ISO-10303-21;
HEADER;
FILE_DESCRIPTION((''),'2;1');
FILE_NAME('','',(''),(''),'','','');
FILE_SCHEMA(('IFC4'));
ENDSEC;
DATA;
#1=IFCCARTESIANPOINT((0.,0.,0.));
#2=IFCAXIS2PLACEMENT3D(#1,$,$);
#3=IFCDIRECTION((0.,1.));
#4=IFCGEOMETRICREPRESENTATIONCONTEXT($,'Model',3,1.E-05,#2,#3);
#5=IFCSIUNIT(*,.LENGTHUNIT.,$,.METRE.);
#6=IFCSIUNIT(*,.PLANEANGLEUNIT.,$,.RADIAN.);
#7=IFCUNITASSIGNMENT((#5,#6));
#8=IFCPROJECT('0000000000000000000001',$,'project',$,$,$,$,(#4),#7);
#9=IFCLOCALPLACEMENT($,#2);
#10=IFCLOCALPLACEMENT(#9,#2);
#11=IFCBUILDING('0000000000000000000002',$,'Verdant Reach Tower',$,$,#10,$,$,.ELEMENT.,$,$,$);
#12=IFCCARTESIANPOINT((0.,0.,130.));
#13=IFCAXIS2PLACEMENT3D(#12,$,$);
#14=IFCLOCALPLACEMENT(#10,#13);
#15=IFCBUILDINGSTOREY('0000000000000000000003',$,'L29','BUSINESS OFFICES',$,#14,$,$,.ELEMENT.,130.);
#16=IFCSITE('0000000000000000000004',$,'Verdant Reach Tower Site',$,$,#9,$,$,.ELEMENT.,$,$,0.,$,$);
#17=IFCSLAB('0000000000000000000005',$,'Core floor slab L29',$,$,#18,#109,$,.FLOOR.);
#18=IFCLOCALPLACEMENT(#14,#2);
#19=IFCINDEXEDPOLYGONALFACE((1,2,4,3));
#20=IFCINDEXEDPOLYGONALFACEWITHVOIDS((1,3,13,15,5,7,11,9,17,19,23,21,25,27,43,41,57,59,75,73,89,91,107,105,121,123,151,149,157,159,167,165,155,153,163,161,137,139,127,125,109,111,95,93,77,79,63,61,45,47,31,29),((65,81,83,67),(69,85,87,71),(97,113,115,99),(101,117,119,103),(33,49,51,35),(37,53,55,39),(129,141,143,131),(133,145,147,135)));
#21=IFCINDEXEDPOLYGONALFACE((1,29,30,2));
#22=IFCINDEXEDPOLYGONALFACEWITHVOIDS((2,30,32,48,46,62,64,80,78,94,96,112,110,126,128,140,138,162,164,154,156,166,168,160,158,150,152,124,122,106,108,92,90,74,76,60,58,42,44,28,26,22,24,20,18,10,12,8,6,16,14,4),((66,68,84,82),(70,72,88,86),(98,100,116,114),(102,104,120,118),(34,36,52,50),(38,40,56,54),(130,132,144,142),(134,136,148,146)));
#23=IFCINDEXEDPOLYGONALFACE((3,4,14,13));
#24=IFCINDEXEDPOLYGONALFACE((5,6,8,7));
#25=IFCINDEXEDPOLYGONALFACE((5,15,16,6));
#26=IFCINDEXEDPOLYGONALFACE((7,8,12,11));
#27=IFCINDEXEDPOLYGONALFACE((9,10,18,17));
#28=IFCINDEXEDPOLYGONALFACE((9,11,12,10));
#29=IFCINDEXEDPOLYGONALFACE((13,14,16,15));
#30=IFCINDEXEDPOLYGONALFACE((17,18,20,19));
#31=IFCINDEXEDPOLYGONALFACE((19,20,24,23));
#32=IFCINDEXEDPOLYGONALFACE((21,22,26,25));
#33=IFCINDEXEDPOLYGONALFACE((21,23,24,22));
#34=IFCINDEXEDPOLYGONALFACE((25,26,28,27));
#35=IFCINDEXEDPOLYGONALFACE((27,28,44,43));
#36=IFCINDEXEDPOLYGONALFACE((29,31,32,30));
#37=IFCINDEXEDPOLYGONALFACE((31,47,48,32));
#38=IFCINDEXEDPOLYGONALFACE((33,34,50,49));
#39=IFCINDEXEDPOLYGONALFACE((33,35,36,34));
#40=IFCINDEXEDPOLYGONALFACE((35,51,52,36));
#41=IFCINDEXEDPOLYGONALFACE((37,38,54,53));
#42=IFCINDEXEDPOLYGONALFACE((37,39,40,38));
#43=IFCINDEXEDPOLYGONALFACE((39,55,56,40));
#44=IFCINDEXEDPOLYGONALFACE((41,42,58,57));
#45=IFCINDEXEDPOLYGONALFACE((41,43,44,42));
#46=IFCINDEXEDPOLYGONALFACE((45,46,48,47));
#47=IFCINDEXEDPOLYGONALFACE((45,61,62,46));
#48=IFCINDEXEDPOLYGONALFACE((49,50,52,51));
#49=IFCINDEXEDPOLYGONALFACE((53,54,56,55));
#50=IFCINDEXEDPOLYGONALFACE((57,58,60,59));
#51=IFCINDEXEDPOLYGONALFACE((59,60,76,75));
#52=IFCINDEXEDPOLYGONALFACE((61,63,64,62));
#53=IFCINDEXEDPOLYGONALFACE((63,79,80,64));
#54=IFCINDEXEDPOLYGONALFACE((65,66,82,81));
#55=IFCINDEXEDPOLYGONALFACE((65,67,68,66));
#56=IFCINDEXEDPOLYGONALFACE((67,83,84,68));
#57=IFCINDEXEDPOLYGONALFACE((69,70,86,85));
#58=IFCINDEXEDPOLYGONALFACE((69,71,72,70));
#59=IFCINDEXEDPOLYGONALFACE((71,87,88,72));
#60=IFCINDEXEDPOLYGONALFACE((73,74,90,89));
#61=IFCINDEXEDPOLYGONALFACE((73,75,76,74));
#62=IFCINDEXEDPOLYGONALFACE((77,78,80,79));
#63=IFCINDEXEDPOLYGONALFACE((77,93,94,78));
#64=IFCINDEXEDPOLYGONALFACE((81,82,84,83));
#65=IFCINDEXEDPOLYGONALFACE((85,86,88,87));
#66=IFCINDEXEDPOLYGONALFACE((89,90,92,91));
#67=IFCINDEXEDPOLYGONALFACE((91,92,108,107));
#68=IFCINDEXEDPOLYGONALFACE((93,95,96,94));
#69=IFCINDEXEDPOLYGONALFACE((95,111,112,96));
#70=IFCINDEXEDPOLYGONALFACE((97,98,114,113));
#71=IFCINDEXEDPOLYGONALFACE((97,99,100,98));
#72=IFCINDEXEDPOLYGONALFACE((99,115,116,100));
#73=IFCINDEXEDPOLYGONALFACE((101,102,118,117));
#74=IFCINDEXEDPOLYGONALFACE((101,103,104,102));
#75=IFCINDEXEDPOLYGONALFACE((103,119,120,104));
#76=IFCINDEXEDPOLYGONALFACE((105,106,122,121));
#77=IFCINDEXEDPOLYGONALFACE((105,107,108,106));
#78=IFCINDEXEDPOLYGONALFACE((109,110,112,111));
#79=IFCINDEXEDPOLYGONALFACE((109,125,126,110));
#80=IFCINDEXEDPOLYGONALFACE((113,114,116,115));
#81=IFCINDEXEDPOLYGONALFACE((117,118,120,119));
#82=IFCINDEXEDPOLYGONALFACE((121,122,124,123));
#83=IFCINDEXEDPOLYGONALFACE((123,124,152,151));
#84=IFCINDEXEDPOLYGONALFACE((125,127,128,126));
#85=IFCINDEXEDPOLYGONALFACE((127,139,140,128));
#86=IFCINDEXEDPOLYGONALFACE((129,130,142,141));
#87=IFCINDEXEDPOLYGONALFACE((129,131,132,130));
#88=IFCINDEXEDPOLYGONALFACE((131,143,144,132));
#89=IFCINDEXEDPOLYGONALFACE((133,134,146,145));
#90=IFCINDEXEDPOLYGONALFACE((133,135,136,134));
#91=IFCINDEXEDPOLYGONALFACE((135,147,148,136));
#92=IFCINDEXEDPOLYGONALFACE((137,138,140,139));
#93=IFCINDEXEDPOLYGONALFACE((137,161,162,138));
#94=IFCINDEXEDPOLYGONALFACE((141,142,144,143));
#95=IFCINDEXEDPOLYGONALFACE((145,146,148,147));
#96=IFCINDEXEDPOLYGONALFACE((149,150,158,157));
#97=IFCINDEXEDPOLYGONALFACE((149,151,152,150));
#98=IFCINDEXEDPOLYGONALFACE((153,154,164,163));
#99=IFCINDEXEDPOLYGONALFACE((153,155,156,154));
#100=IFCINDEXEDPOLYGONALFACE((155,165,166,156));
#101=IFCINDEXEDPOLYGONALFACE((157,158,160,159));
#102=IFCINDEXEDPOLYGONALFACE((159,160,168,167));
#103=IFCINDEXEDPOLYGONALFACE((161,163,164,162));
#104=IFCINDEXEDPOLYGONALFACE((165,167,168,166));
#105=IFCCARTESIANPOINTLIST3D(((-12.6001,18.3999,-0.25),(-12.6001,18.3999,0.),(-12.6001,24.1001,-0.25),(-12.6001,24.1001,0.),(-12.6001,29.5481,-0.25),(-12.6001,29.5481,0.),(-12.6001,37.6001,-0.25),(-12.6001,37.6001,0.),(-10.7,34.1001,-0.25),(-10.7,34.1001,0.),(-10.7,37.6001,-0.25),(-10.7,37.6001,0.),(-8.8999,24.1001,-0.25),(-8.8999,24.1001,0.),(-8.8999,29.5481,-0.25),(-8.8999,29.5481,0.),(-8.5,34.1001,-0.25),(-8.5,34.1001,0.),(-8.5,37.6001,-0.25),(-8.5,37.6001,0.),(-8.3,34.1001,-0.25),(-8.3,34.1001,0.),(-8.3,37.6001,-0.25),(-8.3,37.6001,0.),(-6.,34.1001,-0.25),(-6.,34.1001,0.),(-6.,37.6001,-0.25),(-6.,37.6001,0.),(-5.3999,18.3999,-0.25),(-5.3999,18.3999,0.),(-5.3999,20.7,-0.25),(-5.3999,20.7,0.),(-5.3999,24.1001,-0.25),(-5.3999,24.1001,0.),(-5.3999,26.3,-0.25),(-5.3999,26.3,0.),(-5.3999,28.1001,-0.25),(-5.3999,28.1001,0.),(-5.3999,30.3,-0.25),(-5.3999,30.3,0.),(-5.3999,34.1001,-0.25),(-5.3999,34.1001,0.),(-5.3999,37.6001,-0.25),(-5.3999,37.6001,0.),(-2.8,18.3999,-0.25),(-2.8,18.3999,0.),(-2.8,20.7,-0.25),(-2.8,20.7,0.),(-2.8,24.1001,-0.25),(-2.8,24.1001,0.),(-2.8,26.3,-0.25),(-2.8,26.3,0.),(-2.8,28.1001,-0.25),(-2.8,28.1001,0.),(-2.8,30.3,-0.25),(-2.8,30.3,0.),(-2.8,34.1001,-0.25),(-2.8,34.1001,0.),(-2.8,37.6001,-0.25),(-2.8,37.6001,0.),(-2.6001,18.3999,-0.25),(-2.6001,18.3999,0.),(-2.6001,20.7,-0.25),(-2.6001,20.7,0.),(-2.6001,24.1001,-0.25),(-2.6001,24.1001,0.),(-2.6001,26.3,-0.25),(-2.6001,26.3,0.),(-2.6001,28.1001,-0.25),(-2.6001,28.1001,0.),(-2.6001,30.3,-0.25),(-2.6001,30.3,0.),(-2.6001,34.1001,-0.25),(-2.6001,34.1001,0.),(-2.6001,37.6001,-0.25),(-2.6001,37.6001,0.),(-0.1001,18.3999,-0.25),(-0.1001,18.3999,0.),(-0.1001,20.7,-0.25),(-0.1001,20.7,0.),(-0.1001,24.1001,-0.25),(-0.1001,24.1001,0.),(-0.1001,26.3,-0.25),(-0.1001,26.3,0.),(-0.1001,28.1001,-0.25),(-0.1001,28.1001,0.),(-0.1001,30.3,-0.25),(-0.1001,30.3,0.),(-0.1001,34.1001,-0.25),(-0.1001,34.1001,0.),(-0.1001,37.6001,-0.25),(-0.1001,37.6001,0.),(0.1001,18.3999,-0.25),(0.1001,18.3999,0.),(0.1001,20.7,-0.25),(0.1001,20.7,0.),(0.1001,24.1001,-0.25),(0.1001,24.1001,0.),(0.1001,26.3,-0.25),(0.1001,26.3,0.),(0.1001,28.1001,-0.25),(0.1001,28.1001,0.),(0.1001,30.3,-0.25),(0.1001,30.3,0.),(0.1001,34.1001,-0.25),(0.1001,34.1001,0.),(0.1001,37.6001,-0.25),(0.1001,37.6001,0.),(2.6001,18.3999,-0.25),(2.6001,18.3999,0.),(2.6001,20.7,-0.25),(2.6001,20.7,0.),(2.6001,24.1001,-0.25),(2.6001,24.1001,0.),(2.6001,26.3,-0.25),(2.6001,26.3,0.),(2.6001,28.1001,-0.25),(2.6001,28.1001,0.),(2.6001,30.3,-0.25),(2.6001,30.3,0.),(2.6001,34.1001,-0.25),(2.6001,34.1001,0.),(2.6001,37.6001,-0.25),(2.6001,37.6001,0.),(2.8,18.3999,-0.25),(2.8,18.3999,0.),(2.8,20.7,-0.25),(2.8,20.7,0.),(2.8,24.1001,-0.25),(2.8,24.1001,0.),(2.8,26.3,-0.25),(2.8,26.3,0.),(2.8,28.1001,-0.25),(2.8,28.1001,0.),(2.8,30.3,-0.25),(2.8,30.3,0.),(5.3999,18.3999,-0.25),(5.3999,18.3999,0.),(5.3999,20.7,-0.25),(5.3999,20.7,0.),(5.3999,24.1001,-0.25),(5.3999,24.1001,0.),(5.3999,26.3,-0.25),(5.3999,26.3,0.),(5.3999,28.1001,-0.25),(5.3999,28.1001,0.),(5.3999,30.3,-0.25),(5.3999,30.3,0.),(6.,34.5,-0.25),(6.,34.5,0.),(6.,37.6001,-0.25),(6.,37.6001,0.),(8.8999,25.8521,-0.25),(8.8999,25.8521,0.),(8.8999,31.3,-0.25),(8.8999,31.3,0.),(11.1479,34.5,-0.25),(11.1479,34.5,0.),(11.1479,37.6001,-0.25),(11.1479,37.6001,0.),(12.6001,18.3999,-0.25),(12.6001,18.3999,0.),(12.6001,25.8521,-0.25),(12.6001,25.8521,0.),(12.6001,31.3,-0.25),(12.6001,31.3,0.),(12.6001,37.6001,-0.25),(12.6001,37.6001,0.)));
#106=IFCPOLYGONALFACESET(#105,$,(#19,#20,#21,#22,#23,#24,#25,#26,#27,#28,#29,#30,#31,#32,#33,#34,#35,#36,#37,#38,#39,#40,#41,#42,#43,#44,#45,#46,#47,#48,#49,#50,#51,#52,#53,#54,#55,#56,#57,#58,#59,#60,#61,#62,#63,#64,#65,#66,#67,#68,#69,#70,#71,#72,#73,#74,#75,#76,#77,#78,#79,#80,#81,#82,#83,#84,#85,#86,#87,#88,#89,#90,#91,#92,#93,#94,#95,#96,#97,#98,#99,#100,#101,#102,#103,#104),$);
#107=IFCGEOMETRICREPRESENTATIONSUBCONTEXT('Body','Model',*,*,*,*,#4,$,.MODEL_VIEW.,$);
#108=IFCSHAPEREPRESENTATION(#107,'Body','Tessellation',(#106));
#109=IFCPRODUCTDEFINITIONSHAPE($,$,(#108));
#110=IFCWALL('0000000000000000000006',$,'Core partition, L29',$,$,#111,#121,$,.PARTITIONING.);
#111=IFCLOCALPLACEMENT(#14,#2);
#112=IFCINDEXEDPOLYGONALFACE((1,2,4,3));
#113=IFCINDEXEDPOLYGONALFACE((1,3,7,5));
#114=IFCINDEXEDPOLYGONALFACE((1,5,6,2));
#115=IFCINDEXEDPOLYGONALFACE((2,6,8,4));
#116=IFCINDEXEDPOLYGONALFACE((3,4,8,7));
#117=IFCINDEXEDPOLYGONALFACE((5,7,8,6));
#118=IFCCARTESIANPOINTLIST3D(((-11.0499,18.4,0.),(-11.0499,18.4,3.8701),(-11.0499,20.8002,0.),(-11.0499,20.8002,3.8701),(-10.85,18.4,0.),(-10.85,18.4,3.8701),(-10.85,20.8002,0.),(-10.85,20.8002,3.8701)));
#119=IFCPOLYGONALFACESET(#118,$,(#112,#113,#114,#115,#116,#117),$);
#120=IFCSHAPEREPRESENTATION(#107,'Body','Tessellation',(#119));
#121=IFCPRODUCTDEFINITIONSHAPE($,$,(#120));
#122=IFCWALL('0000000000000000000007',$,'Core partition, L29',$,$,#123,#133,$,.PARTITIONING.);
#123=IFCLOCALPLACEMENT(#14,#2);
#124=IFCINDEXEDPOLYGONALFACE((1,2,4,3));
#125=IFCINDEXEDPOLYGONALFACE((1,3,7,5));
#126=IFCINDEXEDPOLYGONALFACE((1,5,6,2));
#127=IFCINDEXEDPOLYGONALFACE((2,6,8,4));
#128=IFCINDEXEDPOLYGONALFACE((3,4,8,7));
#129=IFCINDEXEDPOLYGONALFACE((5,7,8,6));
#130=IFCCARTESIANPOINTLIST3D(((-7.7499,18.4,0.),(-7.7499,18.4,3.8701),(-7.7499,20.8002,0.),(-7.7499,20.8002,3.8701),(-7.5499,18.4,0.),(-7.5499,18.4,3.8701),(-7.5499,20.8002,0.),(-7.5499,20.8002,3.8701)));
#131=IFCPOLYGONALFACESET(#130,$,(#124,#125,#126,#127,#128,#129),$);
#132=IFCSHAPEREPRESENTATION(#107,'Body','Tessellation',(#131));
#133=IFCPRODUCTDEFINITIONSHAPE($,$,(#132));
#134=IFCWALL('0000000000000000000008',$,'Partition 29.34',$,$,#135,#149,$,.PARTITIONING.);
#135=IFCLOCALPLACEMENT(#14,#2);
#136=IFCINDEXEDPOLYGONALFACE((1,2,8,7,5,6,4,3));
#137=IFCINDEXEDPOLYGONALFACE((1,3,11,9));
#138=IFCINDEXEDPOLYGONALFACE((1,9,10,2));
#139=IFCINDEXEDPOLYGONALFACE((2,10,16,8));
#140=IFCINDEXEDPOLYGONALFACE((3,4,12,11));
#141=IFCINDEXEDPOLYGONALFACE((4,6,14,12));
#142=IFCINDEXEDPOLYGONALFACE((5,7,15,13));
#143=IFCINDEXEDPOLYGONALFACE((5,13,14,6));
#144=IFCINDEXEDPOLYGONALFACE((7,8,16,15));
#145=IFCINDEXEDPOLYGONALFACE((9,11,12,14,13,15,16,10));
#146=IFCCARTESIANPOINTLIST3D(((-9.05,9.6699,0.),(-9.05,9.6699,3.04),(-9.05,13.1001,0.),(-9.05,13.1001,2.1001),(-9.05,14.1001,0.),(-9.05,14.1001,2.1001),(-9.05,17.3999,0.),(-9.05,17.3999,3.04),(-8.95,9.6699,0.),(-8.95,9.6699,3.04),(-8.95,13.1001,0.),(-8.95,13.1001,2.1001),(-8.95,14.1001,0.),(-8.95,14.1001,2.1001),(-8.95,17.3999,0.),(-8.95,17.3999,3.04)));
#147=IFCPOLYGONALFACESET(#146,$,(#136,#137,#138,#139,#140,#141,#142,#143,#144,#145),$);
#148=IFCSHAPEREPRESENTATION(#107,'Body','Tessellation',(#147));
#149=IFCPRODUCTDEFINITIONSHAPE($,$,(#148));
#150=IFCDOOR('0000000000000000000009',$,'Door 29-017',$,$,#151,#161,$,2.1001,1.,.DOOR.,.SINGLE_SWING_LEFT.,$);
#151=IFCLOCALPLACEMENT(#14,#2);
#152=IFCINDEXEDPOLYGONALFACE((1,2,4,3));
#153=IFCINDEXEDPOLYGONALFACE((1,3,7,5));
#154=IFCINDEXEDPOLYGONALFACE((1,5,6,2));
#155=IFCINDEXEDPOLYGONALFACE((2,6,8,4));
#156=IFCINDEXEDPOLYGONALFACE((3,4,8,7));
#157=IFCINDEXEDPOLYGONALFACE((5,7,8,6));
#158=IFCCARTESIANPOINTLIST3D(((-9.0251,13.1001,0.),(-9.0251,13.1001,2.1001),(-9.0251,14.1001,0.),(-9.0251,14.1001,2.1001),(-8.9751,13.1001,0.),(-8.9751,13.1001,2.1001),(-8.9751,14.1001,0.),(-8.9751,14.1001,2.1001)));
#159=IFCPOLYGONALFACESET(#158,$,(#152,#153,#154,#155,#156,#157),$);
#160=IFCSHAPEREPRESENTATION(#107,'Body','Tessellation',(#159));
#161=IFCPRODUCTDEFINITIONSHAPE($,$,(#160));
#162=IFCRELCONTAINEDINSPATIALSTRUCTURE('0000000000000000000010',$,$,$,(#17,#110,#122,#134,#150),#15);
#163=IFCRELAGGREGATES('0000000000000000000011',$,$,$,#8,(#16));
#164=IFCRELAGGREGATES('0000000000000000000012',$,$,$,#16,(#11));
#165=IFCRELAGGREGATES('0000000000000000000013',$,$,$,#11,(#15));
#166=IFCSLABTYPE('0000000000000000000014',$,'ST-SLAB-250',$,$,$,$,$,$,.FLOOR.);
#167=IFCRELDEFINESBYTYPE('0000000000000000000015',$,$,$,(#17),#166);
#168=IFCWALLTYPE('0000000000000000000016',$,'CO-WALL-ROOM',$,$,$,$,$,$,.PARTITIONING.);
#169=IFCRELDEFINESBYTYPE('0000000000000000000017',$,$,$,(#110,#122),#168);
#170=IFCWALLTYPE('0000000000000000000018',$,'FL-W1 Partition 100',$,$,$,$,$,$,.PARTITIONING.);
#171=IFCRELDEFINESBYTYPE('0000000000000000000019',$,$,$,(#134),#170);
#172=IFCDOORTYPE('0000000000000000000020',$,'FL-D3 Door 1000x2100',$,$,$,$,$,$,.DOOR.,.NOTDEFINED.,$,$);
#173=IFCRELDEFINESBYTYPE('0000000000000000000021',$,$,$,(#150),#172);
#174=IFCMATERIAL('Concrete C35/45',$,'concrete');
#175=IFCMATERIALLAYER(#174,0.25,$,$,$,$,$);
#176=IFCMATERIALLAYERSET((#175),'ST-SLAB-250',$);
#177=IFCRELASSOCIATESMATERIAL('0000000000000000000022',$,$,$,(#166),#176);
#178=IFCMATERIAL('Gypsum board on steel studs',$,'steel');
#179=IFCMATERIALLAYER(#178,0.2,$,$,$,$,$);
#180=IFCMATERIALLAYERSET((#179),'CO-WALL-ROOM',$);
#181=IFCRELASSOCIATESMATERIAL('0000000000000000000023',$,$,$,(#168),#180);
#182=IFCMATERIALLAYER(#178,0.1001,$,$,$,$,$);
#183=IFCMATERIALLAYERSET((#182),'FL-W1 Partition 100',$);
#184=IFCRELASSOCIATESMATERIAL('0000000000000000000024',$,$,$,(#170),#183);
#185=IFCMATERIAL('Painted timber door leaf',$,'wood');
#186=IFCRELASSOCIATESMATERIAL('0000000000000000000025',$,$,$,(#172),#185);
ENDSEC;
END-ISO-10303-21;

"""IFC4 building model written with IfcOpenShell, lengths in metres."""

from ifc_helpers import new_model, si_unit, direction, frame, frame_2d, origin, place, context, subcontext, project, spatial, polyline, rectangle, outline, extrude, material, layer, layer_set, type_object, element, fill, save


model = new_model("IFC4")

# Units and contexts
model_context = context("Model", 3, precision=1e-05, world=origin(), true_north=direction((0.0, 1.0)))
body_context = subcontext(model_context, "Body", "Model", "MODEL_VIEW")
ifc_project = project(units=[si_unit("LENGTHUNIT", "METRE"), si_unit("PLANEANGLEUNIT", "RADIAN")], contexts=[model_context])

# Site, building, storey
site_placement = place(None, origin())
site = spatial("IfcSite", under=ifc_project, at=site_placement, Name="Verdant Reach Tower Site", CompositionType="ELEMENT", RefElevation=0.0)
building_placement = place(site_placement, origin())
building = spatial("IfcBuilding", under=site, at=building_placement, Name="Verdant Reach Tower", CompositionType="ELEMENT")
storey_placement = place(building_placement, frame((0.0, 0.0, 130.0)))
storey = spatial("IfcBuildingStorey", under=building, at=storey_placement, Name="L29", Description="BUSINESS OFFICES", CompositionType="ELEMENT", Elevation=130.0)

# Slab
ifc_material_1 = material(Name="Concrete C35/45", Category="concrete")
ifc_layer_1 = layer(ifc_material_1, 0.25)
ifc_layer_set_1 = layer_set([ifc_layer_1], Name="ST-SLAB-250")
slab_type_1 = type_object("IfcSlabType", Name="ST-SLAB-250", PredefinedType="FLOOR", material=ifc_layer_set_1)
slab_1_placement = place(storey_placement, frame((0.0, 0.0, -0.25)))
element("IfcSlab", 1, at=slab_1_placement, inside=storey, type_object=slab_type_1, Name="Core floor slab L29", PredefinedType="FLOOR", context=body_context, shape_type="SweptSolid", body=[
    extrude(outline(polyline([(12.6001, 18.3999), (5.3999, 18.3999), (5.3999, 20.7), (2.8, 20.7), (2.8, 18.3999), (2.6001, 18.3999), (2.6001, 20.7), (0.1001, 20.7), (0.1001, 18.3999), (-0.1001, 18.3999), (-0.1001, 20.7), (-2.6001, 20.7), (-2.6001, 18.3999), (-2.8, 18.3999), (-2.8, 20.7), (-5.3999, 20.7), (-5.3999, 18.3999), (-12.6001, 18.3999), (-12.6001, 24.1001), (-8.8999, 24.1001), (-8.8999, 29.5481), (-12.6001, 29.5481), (-12.6001, 37.6001), (-10.7, 37.6001), (-10.7, 34.1001), (-8.5, 34.1001), (-8.5, 37.6001), (-8.3, 37.6001), (-8.3, 34.1001), (-6.0, 34.1001), (-6.0, 37.6001), (-5.3999, 37.6001), (-5.3999, 34.1001), (-2.8, 34.1001), (-2.8, 37.6001), (-2.6001, 37.6001), (-2.6001, 34.1001), (-0.1001, 34.1001), (-0.1001, 37.6001), (0.1001, 37.6001), (0.1001, 34.1001), (2.6001, 34.1001), (2.6001, 37.6001), (6.0, 37.6001), (6.0, 34.5), (11.1479, 34.5), (11.1479, 37.6001), (12.6001, 37.6001), (12.6001, 31.3), (8.8999, 31.3), (8.8999, 25.8521), (12.6001, 25.8521), (12.6001, 18.3999)]), holes=[polyline([(-2.8, 24.1001), (-2.8, 26.3), (-5.3999, 26.3), (-5.3999, 24.1001), (-2.8, 24.1001)]), polyline([(-2.6001, 24.1001), (-0.1001, 24.1001), (-0.1001, 26.3), (-2.6001, 26.3), (-2.6001, 24.1001)]), polyline([(-2.8, 28.1001), (-2.8, 30.3), (-5.3999, 30.3), (-5.3999, 28.1001), (-2.8, 28.1001)]), polyline([(-0.1001, 28.1001), (-0.1001, 30.3), (-2.6001, 30.3), (-2.6001, 28.1001), (-0.1001, 28.1001)]), polyline([(2.6001, 24.1001), (2.6001, 26.3), (0.1001, 26.3), (0.1001, 24.1001), (2.6001, 24.1001)]), polyline([(2.8, 24.1001), (5.3999, 24.1001), (5.3999, 26.3), (2.8, 26.3), (2.8, 24.1001)]), polyline([(2.6001, 28.1001), (2.6001, 30.3), (0.1001, 30.3), (0.1001, 28.1001), (2.6001, 28.1001)]), polyline([(5.3999, 28.1001), (5.3999, 30.3), (2.8, 30.3), (2.8, 28.1001), (5.3999, 28.1001)])]), origin(), (0.0, 0.0, 1.0), 0.25),
])

# Walls
ifc_material_2 = material(Name="Gypsum board on steel studs", Category="steel")
ifc_layer_2 = layer(ifc_material_2, 0.2)
ifc_layer_set_2 = layer_set([ifc_layer_2], Name="CO-WALL-ROOM")
wall_type_1 = type_object("IfcWallType", Name="CO-WALL-ROOM", PredefinedType="PARTITIONING", material=ifc_layer_set_2)
for number, where, z_axis, x_axis, name in (
    (2, (-10.95, 18.3999, 0.0), (0.0, 0.0, 1.0), (0.0, 1.0, 0.0), "Core partition, L29"),
    (3, (-7.6499, 18.3999, 0.0), (0.0, 0.0, 1.0), (0.0, 1.0, 0.0), "Core partition, L29"),
):
    element("IfcWall", number, at=place(storey_placement, frame(where, z_axis=z_axis, x_axis=x_axis)), inside=storey, type_object=wall_type_1, Name=name, PredefinedType="PARTITIONING", context=body_context, shape_type="SweptSolid", body=[
        extrude(rectangle(XDim=2.4001, YDim=0.2, at=frame_2d((1.2002, 0.0))), origin(), (0.0, 0.0, 1.0), 3.8701),
    ])

# Wall, opening, door
ifc_layer_3 = layer(ifc_material_2, 0.1001)
ifc_layer_set_3 = layer_set([ifc_layer_3], Name="FL-W1 Partition 100")
wall_type_2 = type_object("IfcWallType", Name="FL-W1 Partition 100", PredefinedType="PARTITIONING", material=ifc_layer_set_3)
wall_1_placement = place(storey_placement, frame((-9.0, 17.3999, 0.0), z_axis=(0.0, 0.0, 1.0), x_axis=(0.0, -1.0, 0.0)))
wall_1 = element("IfcWall", 4, at=wall_1_placement, inside=storey, type_object=wall_type_2, Name="Partition 29.34", PredefinedType="PARTITIONING", context=body_context, shape_type="SweptSolid", body=[
    extrude(rectangle(XDim=7.73, YDim=0.1001, at=frame_2d((3.865, 0.0))), origin(), (0.0, 0.0, 1.0), 3.04),
])
opening_1_placement = place(wall_1_placement, frame((3.2998, 0.0, 0.0)))
opening_1 = element("IfcOpeningElement", 5, at=opening_1_placement, cuts=wall_1, PredefinedType="OPENING", context=body_context, shape_type="SweptSolid", body=[
    extrude(rectangle(XDim=1.0, YDim=2.1001, at=frame_2d((0.5, 1.05))), frame((0.0, 0.0601, 0.0), z_axis=(0.0, -1.0, 0.0), x_axis=(1.0, 0.0, 0.0)), (0.0, 0.0, 1.0), 0.1201),
])
ifc_material_3 = material(Name="Painted timber door leaf", Category="wood")
door_type_1 = type_object("IfcDoorType", Name="FL-D3 Door 1000x2100", OperationType="NOTDEFINED", PredefinedType="DOOR", material=ifc_material_3)
door_1_placement = place(opening_1_placement, origin())
door_1 = element("IfcDoor", 6, at=door_1_placement, inside=storey, type_object=door_type_1, Name="Door 29-017", OperationType="SINGLE_SWING_LEFT", OverallHeight=2.1001, OverallWidth=1.0, PredefinedType="DOOR", context=body_context, shape_type="SweptSolid", body=[
    extrude(rectangle(XDim=1.0, YDim=2.1001, at=frame_2d((0.5, 1.05))), frame((0.0, 0.0249, 0.0), z_axis=(0.0, -1.0, 0.0), x_axis=(1.0, 0.0, 0.0)), (0.0, 0.0, 1.0), 0.05),
])
fill(opening_1, door_1)

save(model, "model.ifc")
